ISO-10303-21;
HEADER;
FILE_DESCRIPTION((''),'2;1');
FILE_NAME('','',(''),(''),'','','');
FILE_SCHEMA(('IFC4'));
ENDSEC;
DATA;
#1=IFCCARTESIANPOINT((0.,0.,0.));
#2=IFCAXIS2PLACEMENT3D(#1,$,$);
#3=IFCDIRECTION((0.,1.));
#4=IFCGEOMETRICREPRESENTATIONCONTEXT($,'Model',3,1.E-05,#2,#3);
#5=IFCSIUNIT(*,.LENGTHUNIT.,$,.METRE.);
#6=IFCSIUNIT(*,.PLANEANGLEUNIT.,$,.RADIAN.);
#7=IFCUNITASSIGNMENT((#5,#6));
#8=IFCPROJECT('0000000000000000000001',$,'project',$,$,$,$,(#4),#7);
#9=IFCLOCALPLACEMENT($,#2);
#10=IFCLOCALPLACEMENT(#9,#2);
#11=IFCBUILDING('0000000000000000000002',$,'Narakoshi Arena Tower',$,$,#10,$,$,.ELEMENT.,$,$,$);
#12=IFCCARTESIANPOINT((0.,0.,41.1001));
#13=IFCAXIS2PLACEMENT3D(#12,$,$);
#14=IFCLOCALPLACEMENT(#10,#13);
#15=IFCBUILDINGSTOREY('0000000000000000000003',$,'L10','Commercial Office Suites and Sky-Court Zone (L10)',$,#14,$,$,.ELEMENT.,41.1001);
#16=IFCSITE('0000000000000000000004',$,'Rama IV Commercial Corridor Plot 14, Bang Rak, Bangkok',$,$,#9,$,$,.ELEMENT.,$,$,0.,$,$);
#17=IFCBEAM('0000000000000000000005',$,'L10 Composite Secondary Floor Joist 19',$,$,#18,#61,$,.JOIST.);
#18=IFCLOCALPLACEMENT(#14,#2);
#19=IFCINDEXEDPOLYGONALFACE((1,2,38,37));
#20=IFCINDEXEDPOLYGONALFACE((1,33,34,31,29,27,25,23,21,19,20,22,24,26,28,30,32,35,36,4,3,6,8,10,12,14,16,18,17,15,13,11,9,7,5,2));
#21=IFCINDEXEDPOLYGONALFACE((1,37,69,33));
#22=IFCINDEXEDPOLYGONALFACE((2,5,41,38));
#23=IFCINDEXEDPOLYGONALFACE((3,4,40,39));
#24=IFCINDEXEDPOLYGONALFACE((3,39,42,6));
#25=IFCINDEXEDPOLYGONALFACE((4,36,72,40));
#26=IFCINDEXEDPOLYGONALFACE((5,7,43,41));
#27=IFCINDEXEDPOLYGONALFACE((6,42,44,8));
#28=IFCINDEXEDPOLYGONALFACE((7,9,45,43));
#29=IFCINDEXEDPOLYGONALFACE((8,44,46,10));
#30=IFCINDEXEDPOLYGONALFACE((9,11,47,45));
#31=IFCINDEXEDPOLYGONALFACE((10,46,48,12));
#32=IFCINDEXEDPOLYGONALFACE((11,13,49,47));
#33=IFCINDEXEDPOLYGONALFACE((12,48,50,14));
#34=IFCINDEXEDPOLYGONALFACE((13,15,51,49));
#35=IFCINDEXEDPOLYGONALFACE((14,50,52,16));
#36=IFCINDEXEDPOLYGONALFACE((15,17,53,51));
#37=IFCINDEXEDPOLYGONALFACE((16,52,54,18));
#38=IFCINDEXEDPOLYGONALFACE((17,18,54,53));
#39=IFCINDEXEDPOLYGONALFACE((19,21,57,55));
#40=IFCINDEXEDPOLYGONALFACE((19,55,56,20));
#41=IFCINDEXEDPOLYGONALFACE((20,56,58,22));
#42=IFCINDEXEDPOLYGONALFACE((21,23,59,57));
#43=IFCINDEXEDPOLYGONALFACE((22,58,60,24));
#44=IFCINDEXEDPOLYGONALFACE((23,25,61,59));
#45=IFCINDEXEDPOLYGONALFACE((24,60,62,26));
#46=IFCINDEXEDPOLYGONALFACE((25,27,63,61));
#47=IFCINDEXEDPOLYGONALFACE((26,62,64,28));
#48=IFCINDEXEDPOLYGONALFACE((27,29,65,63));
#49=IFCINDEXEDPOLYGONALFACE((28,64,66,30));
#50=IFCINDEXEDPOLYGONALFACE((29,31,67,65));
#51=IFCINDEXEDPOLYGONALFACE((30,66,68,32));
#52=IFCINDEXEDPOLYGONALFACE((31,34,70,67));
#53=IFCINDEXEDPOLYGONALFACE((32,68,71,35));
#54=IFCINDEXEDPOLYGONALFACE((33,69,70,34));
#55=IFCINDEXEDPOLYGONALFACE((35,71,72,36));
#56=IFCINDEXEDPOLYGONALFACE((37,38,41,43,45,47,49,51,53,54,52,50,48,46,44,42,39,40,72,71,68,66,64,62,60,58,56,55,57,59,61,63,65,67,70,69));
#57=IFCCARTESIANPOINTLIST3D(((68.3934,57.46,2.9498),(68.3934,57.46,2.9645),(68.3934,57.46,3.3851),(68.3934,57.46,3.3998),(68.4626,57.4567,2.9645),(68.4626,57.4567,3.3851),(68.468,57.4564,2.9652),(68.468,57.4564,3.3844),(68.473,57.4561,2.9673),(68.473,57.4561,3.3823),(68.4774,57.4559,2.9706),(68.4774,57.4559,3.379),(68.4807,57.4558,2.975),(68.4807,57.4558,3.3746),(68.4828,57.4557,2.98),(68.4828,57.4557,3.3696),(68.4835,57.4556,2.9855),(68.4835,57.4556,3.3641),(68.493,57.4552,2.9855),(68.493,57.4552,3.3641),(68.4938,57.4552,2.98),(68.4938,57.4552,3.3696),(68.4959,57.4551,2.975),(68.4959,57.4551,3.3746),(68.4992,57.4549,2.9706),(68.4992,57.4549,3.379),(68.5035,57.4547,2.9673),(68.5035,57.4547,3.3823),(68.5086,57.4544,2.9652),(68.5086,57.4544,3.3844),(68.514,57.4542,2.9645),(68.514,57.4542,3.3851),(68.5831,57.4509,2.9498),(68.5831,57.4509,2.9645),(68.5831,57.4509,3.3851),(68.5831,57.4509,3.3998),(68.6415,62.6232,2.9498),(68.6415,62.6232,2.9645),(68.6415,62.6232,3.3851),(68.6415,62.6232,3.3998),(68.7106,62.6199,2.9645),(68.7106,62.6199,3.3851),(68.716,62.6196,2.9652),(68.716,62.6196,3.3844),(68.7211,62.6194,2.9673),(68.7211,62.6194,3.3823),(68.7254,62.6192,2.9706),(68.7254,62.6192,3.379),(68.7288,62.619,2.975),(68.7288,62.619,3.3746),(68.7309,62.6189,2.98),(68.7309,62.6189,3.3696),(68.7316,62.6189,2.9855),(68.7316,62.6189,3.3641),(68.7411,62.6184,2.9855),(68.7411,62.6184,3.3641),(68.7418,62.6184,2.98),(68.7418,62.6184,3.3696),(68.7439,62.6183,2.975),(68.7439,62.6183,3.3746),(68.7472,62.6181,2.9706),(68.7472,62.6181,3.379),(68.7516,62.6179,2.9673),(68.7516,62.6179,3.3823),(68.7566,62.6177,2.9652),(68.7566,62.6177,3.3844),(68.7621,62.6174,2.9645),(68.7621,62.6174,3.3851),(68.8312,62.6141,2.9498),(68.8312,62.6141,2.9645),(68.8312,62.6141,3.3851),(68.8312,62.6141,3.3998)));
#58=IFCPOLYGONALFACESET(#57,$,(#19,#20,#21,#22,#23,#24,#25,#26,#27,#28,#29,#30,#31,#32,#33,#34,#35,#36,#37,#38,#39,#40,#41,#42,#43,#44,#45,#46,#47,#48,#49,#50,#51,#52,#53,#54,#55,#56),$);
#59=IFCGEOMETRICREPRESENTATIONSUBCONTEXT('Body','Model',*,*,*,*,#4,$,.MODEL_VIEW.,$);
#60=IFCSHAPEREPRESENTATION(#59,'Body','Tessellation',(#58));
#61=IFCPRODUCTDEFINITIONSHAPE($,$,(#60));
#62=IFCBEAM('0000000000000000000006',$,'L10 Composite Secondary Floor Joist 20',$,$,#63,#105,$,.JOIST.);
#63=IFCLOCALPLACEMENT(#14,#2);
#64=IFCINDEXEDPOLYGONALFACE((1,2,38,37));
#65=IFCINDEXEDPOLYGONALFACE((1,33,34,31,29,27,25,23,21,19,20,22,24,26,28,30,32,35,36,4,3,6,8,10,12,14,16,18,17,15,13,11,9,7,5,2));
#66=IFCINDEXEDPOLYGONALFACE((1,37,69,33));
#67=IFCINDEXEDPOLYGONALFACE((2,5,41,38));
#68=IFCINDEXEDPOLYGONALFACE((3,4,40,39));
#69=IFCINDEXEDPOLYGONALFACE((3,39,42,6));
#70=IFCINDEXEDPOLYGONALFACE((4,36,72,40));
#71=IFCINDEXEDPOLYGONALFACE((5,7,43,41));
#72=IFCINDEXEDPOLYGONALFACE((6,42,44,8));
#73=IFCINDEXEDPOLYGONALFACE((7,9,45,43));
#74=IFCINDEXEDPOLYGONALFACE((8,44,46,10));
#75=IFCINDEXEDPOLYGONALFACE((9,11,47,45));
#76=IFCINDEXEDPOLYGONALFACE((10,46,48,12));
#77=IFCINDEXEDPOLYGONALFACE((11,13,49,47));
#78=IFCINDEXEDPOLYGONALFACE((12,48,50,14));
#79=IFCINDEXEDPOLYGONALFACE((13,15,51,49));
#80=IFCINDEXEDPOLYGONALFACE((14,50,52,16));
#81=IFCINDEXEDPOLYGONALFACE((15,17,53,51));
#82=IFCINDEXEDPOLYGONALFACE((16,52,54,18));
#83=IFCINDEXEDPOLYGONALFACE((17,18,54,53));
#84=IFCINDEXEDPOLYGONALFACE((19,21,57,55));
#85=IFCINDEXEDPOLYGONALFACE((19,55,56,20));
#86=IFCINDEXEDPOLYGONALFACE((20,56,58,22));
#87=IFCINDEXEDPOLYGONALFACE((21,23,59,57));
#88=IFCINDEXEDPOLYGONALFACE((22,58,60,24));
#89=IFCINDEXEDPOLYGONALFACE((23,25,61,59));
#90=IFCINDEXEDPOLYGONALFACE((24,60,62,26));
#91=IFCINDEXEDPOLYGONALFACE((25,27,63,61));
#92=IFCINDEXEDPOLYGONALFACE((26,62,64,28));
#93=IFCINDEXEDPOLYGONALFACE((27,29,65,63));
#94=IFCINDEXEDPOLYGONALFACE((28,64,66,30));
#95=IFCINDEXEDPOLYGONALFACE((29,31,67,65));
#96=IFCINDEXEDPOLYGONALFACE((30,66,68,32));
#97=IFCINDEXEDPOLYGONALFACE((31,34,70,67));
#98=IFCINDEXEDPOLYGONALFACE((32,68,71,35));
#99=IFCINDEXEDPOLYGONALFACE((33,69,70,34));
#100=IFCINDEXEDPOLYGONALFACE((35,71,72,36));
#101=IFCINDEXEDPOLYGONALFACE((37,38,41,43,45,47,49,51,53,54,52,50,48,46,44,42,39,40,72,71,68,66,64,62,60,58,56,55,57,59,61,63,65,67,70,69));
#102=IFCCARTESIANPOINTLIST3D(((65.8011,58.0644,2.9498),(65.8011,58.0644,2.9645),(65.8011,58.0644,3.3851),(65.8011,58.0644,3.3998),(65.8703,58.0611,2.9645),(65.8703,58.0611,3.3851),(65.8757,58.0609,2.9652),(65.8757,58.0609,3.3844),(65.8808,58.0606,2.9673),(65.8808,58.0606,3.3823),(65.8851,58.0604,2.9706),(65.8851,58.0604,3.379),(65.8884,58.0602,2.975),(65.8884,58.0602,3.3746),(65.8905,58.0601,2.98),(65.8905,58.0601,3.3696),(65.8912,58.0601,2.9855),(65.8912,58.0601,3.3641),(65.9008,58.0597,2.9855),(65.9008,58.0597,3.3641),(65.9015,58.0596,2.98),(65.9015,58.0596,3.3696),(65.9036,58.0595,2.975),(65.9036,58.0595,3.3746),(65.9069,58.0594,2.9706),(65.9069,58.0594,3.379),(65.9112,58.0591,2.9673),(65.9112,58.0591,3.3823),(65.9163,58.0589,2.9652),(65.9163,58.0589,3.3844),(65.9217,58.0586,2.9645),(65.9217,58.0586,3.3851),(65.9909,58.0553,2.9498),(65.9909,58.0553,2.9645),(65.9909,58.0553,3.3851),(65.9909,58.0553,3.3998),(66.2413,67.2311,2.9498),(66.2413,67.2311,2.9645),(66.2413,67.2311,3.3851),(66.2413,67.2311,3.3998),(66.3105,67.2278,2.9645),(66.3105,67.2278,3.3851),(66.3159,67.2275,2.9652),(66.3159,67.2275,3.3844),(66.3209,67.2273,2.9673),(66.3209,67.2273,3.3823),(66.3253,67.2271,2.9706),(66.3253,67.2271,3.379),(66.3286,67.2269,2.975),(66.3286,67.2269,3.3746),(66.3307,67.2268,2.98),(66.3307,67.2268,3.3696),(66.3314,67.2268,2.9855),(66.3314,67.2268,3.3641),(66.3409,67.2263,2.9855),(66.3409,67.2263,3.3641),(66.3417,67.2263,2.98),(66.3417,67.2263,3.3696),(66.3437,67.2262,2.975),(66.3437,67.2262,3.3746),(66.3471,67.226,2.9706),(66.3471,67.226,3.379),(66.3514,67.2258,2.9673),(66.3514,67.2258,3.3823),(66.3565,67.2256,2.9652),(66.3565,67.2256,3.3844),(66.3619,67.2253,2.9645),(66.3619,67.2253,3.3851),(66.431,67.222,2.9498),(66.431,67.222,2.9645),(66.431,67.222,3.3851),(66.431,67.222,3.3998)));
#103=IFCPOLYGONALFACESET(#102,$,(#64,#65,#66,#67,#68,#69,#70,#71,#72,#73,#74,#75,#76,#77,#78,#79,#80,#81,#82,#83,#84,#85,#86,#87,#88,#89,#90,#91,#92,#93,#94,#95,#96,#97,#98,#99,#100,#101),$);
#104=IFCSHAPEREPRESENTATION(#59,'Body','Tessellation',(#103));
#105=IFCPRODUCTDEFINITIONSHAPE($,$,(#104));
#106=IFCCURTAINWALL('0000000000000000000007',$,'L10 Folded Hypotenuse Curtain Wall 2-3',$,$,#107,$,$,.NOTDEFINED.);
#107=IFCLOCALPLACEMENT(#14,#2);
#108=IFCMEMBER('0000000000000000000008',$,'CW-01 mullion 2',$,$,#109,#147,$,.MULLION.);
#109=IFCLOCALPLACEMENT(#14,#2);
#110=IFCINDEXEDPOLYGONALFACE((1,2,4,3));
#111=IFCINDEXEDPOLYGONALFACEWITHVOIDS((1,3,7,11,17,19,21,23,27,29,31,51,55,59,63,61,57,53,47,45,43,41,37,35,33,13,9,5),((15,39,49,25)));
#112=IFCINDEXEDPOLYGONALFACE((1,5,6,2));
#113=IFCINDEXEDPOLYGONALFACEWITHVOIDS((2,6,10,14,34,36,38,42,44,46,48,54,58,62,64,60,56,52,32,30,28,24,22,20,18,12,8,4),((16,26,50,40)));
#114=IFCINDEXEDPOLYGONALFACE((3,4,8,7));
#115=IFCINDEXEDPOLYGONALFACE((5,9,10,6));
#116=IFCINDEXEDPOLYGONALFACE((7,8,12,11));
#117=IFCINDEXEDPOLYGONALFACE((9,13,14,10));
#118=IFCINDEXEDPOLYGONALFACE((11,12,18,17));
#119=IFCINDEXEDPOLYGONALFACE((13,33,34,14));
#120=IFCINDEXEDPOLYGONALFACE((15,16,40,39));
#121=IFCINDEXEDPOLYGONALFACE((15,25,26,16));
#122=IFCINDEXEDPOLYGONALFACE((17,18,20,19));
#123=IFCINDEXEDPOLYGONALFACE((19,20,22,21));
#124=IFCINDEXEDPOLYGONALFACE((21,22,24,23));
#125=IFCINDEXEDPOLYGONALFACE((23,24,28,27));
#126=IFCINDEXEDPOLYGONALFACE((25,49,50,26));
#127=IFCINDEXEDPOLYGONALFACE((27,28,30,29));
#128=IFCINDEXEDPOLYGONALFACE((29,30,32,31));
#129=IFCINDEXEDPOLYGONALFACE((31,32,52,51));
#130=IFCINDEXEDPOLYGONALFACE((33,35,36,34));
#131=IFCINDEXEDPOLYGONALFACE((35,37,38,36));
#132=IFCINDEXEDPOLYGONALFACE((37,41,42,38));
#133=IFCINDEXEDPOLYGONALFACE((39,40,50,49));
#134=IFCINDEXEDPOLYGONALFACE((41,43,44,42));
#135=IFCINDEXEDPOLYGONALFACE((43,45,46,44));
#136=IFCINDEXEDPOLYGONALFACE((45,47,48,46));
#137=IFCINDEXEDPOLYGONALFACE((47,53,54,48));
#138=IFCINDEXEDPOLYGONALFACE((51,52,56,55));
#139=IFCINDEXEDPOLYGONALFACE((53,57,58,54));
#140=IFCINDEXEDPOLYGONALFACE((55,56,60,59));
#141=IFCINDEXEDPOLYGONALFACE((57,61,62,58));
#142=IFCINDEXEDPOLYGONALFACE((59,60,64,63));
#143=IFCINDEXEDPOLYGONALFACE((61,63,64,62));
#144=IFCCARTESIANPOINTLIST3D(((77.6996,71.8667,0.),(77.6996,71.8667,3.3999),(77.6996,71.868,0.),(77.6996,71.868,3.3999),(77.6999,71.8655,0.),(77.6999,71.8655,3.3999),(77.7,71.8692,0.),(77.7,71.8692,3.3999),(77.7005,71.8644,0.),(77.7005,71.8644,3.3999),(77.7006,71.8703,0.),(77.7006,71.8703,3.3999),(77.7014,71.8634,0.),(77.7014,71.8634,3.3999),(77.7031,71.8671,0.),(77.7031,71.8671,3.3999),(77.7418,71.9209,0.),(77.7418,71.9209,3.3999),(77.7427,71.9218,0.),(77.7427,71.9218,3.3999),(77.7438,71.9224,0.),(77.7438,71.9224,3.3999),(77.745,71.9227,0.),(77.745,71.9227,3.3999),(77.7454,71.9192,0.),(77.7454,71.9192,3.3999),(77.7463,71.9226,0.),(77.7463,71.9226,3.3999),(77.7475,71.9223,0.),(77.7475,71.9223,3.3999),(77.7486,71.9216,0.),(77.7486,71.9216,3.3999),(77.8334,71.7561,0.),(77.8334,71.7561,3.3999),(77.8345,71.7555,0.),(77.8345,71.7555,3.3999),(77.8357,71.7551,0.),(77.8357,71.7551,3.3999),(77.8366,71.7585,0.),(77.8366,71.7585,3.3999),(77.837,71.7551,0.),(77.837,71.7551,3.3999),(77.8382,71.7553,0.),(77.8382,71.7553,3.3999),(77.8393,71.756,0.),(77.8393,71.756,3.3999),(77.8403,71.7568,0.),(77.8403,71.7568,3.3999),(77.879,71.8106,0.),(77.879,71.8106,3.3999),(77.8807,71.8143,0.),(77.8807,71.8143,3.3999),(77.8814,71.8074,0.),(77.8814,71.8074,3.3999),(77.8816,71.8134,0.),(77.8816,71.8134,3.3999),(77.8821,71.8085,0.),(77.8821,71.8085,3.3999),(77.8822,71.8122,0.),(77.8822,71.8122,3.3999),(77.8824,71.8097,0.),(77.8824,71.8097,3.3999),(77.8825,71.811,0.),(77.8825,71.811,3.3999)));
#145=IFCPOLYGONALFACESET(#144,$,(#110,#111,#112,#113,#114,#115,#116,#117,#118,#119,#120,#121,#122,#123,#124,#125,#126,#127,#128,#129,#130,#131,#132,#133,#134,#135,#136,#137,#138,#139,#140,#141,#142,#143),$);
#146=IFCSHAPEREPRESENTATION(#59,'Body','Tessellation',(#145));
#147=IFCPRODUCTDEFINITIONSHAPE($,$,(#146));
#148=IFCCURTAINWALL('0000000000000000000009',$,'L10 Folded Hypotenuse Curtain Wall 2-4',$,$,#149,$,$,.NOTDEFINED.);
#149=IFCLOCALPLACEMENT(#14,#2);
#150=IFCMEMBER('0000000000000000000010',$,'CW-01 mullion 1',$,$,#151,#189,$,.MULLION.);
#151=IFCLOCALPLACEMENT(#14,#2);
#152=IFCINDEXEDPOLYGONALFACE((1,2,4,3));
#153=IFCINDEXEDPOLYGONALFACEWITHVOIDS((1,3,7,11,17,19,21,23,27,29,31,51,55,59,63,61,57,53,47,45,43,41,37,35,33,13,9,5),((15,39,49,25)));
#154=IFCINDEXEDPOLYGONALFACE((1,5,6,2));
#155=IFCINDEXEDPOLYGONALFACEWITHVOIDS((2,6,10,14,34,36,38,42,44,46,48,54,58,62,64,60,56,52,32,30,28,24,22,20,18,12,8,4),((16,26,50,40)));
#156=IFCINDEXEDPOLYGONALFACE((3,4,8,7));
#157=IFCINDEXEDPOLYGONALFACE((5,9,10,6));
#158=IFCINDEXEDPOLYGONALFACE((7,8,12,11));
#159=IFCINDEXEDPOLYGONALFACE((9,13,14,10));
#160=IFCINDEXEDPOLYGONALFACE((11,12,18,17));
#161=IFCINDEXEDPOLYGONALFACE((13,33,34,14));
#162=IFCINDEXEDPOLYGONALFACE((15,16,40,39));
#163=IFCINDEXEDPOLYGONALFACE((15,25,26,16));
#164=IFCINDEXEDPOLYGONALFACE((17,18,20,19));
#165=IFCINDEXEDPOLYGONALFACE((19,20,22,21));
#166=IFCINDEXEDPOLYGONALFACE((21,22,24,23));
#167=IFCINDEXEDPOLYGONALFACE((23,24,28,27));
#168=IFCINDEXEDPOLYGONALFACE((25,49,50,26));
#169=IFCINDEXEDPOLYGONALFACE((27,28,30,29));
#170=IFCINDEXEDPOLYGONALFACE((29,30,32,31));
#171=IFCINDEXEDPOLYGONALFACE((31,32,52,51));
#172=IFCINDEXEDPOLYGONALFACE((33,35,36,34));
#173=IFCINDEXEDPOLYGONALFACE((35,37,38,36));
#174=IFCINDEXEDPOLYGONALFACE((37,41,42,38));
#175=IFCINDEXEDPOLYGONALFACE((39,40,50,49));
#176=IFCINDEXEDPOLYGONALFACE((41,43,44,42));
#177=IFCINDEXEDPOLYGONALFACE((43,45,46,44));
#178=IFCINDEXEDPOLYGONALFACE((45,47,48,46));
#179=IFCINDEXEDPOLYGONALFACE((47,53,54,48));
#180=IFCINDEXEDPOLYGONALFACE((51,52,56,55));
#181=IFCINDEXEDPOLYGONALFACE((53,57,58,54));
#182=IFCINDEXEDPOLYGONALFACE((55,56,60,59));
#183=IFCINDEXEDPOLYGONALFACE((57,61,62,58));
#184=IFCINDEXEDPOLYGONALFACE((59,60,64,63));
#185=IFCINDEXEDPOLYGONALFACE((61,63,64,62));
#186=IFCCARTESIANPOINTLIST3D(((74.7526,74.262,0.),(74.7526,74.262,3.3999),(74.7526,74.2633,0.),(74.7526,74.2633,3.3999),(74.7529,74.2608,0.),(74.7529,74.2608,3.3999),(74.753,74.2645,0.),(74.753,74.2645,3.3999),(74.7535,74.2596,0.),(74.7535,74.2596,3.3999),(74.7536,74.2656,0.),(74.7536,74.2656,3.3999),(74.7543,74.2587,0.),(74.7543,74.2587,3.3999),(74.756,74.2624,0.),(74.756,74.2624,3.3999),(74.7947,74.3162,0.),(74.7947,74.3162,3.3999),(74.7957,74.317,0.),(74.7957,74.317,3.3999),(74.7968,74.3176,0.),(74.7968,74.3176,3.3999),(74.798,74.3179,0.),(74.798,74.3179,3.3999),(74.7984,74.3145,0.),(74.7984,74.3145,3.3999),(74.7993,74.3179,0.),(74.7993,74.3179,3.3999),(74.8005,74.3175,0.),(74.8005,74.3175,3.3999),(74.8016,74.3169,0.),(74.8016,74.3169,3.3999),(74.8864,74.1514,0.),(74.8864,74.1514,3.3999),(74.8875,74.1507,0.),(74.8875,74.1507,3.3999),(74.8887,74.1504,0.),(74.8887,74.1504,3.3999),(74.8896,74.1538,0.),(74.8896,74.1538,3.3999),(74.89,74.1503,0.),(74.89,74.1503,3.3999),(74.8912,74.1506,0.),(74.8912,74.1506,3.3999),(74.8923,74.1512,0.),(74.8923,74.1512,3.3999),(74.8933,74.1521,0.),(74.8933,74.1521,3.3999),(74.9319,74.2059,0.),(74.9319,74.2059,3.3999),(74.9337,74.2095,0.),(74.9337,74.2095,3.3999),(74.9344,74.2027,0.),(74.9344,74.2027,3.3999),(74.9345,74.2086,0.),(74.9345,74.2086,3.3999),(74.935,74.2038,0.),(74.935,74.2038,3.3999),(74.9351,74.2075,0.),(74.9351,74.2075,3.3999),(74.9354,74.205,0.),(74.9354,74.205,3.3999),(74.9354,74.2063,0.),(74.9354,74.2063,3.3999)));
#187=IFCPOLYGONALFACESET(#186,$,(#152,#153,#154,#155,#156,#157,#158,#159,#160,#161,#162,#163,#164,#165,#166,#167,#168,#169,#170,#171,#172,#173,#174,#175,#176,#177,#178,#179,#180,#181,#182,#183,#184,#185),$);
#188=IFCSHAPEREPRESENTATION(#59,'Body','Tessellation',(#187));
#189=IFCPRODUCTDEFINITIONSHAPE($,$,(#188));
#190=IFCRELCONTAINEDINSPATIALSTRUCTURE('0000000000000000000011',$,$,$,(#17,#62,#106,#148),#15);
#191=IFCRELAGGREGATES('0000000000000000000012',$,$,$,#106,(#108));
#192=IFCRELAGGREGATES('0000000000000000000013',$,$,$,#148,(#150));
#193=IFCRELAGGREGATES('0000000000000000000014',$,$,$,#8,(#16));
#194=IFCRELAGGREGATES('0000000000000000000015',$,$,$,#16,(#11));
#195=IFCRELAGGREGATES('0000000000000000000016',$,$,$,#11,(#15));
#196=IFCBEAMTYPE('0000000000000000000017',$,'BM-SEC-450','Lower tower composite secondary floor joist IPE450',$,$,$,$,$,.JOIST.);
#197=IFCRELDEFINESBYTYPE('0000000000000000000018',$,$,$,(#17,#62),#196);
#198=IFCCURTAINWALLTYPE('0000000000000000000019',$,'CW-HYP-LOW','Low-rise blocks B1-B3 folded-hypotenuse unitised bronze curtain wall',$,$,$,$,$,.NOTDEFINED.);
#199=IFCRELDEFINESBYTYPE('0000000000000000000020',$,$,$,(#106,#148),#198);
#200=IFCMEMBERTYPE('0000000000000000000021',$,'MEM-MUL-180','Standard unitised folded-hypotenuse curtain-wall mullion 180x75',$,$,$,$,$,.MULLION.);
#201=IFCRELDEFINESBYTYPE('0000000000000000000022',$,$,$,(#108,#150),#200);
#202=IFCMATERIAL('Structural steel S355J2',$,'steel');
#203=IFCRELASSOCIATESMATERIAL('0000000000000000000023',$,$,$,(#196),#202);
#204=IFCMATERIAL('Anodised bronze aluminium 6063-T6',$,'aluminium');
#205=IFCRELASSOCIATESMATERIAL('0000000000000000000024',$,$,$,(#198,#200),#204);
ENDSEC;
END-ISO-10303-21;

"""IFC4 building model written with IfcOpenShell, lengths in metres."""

from ifc_helpers import new_model, si_unit, direction, frame, origin, origin_2d, place, context, subcontext, project, spatial, hollow_rectangle, i_section, extrude, material, material_profile, profile_set, type_object, element, aggregate, save


model = new_model("IFC4")

# Units and contexts
model_context = context("Model", 3, precision=1e-05, world=origin(), true_north=direction((0.0, 1.0)))
body_context = subcontext(model_context, "Body", "Model", "MODEL_VIEW")
ifc_project = project(units=[si_unit("LENGTHUNIT", "METRE"), si_unit("PLANEANGLEUNIT", "RADIAN")], contexts=[model_context])

# Site, building, storey
site_placement = place(None, origin())
site = spatial("IfcSite", under=ifc_project, at=site_placement, Name="Rama IV Commercial Corridor Plot 14, Bang Rak, Bangkok", CompositionType="ELEMENT", RefElevation=0.0)
building_placement = place(site_placement, origin())
building = spatial("IfcBuilding", under=site, at=building_placement, Name="Narakoshi Arena Tower", CompositionType="ELEMENT")
storey_placement = place(building_placement, frame((0.0, 0.0, 41.1001)))
storey = spatial("IfcBuildingStorey", under=building, at=storey_placement, Name="L10", Description="Commercial Office Suites and Sky-Court Zone (L10)", CompositionType="ELEMENT", Elevation=41.1001)

# Beams
ifc_material_1 = material(Name="Structural steel S355J2", Category="steel")
ifc_material_profile_1 = material_profile(ifc_material_1, i_section(OverallWidth=0.1899, OverallDepth=0.45, WebThickness=0.0095, FlangeThickness=0.0146, FilletRadius=0.021, at=origin_2d()), Name="IPE450")
ifc_profile_set_1 = profile_set([ifc_material_profile_1], Name="Structural steel S355J2")
beam_type_1 = type_object("IfcBeamType", Name="BM-SEC-450", Description="Lower tower composite secondary floor joist IPE450", PredefinedType="JOIST", material=ifc_profile_set_1)
beam_1_placement = place(storey_placement, frame((68.7363, 62.6187, 3.1748), z_axis=(-0.047985, -0.998848, 0.0), x_axis=(0.998848, -0.047985, 0.0)))
element("IfcBeam", 1, at=beam_1_placement, inside=storey, type_object=beam_type_1, Name="L10 Composite Secondary Floor Joist 19", PredefinedType="JOIST", context=body_context, shape_type="SweptSolid", body=[
    extrude(i_section(OverallWidth=0.1899, OverallDepth=0.45, WebThickness=0.0095, FlangeThickness=0.0146, FilletRadius=0.021, at=origin_2d()), origin(), (0.0, 0.0, 1.0), 5.1692),
])
beam_2_placement = place(storey_placement, frame((66.3362, 67.2266, 3.1748), z_axis=(-0.047965, -0.998849, 0.0), x_axis=(0.998849, -0.047965, 0.0)))
element("IfcBeam", 2, at=beam_2_placement, inside=storey, type_object=beam_type_1, Name="L10 Composite Secondary Floor Joist 20", PredefinedType="JOIST", context=body_context, shape_type="SweptSolid", body=[
    extrude(i_section(OverallWidth=0.1899, OverallDepth=0.45, WebThickness=0.0095, FlangeThickness=0.0146, FilletRadius=0.021, at=origin_2d()), origin(), (0.0, 0.0, 1.0), 9.1772),
])

# Curtain wall, member
ifc_material_2 = material(Name="Anodised bronze aluminium 6063-T6", Category="aluminium")
curtain_wall_type = type_object("IfcCurtainWallType", Name="CW-HYP-LOW", Description="Low-rise blocks B1-B3 folded-hypotenuse unitised bronze curtain wall", PredefinedType="NOTDEFINED", material=ifc_material_2)
curtain_wall_1_placement = place(storey_placement, origin())
curtain_wall_1 = element("IfcCurtainWall", 3, at=curtain_wall_1_placement, inside=storey, type_object=curtain_wall_type, Name="L10 Folded Hypotenuse Curtain Wall 2-3", PredefinedType="NOTDEFINED")
ifc_material_profile_2 = material_profile(ifc_material_2, hollow_rectangle(XDim=0.075, YDim=0.1799, WallThickness=0.0039, OuterFilletRadius=0.0049, at=origin_2d()), Name="MUL180x75x4")
ifc_profile_set_2 = profile_set([ifc_material_profile_2], Name="Anodised bronze aluminium 6063-T6")
member_type_1 = type_object("IfcMemberType", Name="MEM-MUL-180", Description="Standard unitised folded-hypotenuse curtain-wall mullion 180x75", PredefinedType="MULLION", material=ifc_profile_set_2)
member_1_placement = place(storey_placement, frame((77.791, 71.8389, 0.0), z_axis=(0.0, 0.0, 1.0), x_axis=(-0.630723, -0.776008, 0.0)))
member_1 = element("IfcMember", 4, at=member_1_placement, type_object=member_type_1, Name="CW-01 mullion 2", PredefinedType="MULLION", context=body_context, shape_type="SweptSolid", body=[
    extrude(hollow_rectangle(XDim=0.075, YDim=0.1799, WallThickness=0.0039, OuterFilletRadius=0.0049, at=origin_2d()), origin(), (0.0, 0.0, 1.0), 3.3999),
])

# Curtain wall, member
curtain_wall_2_placement = place(storey_placement, origin())
curtain_wall_2 = element("IfcCurtainWall", 5, at=curtain_wall_2_placement, inside=storey, type_object=curtain_wall_type, Name="L10 Folded Hypotenuse Curtain Wall 2-4", PredefinedType="NOTDEFINED")
member_2_placement = place(storey_placement, frame((74.844, 74.2341, 0.0), z_axis=(0.0, 0.0, 1.0), x_axis=(-0.630734, -0.775999, 0.0)))
member_2 = element("IfcMember", 6, at=member_2_placement, type_object=member_type_1, Name="CW-01 mullion 1", PredefinedType="MULLION", context=body_context, shape_type="SweptSolid", body=[
    extrude(hollow_rectangle(XDim=0.075, YDim=0.1799, WallThickness=0.0039, OuterFilletRadius=0.0049, at=origin_2d()), origin(), (0.0, 0.0, 1.0), 3.3999),
])

aggregate(curtain_wall_1, [member_1])
aggregate(curtain_wall_2, [member_2])

save(model, "model.ifc")
